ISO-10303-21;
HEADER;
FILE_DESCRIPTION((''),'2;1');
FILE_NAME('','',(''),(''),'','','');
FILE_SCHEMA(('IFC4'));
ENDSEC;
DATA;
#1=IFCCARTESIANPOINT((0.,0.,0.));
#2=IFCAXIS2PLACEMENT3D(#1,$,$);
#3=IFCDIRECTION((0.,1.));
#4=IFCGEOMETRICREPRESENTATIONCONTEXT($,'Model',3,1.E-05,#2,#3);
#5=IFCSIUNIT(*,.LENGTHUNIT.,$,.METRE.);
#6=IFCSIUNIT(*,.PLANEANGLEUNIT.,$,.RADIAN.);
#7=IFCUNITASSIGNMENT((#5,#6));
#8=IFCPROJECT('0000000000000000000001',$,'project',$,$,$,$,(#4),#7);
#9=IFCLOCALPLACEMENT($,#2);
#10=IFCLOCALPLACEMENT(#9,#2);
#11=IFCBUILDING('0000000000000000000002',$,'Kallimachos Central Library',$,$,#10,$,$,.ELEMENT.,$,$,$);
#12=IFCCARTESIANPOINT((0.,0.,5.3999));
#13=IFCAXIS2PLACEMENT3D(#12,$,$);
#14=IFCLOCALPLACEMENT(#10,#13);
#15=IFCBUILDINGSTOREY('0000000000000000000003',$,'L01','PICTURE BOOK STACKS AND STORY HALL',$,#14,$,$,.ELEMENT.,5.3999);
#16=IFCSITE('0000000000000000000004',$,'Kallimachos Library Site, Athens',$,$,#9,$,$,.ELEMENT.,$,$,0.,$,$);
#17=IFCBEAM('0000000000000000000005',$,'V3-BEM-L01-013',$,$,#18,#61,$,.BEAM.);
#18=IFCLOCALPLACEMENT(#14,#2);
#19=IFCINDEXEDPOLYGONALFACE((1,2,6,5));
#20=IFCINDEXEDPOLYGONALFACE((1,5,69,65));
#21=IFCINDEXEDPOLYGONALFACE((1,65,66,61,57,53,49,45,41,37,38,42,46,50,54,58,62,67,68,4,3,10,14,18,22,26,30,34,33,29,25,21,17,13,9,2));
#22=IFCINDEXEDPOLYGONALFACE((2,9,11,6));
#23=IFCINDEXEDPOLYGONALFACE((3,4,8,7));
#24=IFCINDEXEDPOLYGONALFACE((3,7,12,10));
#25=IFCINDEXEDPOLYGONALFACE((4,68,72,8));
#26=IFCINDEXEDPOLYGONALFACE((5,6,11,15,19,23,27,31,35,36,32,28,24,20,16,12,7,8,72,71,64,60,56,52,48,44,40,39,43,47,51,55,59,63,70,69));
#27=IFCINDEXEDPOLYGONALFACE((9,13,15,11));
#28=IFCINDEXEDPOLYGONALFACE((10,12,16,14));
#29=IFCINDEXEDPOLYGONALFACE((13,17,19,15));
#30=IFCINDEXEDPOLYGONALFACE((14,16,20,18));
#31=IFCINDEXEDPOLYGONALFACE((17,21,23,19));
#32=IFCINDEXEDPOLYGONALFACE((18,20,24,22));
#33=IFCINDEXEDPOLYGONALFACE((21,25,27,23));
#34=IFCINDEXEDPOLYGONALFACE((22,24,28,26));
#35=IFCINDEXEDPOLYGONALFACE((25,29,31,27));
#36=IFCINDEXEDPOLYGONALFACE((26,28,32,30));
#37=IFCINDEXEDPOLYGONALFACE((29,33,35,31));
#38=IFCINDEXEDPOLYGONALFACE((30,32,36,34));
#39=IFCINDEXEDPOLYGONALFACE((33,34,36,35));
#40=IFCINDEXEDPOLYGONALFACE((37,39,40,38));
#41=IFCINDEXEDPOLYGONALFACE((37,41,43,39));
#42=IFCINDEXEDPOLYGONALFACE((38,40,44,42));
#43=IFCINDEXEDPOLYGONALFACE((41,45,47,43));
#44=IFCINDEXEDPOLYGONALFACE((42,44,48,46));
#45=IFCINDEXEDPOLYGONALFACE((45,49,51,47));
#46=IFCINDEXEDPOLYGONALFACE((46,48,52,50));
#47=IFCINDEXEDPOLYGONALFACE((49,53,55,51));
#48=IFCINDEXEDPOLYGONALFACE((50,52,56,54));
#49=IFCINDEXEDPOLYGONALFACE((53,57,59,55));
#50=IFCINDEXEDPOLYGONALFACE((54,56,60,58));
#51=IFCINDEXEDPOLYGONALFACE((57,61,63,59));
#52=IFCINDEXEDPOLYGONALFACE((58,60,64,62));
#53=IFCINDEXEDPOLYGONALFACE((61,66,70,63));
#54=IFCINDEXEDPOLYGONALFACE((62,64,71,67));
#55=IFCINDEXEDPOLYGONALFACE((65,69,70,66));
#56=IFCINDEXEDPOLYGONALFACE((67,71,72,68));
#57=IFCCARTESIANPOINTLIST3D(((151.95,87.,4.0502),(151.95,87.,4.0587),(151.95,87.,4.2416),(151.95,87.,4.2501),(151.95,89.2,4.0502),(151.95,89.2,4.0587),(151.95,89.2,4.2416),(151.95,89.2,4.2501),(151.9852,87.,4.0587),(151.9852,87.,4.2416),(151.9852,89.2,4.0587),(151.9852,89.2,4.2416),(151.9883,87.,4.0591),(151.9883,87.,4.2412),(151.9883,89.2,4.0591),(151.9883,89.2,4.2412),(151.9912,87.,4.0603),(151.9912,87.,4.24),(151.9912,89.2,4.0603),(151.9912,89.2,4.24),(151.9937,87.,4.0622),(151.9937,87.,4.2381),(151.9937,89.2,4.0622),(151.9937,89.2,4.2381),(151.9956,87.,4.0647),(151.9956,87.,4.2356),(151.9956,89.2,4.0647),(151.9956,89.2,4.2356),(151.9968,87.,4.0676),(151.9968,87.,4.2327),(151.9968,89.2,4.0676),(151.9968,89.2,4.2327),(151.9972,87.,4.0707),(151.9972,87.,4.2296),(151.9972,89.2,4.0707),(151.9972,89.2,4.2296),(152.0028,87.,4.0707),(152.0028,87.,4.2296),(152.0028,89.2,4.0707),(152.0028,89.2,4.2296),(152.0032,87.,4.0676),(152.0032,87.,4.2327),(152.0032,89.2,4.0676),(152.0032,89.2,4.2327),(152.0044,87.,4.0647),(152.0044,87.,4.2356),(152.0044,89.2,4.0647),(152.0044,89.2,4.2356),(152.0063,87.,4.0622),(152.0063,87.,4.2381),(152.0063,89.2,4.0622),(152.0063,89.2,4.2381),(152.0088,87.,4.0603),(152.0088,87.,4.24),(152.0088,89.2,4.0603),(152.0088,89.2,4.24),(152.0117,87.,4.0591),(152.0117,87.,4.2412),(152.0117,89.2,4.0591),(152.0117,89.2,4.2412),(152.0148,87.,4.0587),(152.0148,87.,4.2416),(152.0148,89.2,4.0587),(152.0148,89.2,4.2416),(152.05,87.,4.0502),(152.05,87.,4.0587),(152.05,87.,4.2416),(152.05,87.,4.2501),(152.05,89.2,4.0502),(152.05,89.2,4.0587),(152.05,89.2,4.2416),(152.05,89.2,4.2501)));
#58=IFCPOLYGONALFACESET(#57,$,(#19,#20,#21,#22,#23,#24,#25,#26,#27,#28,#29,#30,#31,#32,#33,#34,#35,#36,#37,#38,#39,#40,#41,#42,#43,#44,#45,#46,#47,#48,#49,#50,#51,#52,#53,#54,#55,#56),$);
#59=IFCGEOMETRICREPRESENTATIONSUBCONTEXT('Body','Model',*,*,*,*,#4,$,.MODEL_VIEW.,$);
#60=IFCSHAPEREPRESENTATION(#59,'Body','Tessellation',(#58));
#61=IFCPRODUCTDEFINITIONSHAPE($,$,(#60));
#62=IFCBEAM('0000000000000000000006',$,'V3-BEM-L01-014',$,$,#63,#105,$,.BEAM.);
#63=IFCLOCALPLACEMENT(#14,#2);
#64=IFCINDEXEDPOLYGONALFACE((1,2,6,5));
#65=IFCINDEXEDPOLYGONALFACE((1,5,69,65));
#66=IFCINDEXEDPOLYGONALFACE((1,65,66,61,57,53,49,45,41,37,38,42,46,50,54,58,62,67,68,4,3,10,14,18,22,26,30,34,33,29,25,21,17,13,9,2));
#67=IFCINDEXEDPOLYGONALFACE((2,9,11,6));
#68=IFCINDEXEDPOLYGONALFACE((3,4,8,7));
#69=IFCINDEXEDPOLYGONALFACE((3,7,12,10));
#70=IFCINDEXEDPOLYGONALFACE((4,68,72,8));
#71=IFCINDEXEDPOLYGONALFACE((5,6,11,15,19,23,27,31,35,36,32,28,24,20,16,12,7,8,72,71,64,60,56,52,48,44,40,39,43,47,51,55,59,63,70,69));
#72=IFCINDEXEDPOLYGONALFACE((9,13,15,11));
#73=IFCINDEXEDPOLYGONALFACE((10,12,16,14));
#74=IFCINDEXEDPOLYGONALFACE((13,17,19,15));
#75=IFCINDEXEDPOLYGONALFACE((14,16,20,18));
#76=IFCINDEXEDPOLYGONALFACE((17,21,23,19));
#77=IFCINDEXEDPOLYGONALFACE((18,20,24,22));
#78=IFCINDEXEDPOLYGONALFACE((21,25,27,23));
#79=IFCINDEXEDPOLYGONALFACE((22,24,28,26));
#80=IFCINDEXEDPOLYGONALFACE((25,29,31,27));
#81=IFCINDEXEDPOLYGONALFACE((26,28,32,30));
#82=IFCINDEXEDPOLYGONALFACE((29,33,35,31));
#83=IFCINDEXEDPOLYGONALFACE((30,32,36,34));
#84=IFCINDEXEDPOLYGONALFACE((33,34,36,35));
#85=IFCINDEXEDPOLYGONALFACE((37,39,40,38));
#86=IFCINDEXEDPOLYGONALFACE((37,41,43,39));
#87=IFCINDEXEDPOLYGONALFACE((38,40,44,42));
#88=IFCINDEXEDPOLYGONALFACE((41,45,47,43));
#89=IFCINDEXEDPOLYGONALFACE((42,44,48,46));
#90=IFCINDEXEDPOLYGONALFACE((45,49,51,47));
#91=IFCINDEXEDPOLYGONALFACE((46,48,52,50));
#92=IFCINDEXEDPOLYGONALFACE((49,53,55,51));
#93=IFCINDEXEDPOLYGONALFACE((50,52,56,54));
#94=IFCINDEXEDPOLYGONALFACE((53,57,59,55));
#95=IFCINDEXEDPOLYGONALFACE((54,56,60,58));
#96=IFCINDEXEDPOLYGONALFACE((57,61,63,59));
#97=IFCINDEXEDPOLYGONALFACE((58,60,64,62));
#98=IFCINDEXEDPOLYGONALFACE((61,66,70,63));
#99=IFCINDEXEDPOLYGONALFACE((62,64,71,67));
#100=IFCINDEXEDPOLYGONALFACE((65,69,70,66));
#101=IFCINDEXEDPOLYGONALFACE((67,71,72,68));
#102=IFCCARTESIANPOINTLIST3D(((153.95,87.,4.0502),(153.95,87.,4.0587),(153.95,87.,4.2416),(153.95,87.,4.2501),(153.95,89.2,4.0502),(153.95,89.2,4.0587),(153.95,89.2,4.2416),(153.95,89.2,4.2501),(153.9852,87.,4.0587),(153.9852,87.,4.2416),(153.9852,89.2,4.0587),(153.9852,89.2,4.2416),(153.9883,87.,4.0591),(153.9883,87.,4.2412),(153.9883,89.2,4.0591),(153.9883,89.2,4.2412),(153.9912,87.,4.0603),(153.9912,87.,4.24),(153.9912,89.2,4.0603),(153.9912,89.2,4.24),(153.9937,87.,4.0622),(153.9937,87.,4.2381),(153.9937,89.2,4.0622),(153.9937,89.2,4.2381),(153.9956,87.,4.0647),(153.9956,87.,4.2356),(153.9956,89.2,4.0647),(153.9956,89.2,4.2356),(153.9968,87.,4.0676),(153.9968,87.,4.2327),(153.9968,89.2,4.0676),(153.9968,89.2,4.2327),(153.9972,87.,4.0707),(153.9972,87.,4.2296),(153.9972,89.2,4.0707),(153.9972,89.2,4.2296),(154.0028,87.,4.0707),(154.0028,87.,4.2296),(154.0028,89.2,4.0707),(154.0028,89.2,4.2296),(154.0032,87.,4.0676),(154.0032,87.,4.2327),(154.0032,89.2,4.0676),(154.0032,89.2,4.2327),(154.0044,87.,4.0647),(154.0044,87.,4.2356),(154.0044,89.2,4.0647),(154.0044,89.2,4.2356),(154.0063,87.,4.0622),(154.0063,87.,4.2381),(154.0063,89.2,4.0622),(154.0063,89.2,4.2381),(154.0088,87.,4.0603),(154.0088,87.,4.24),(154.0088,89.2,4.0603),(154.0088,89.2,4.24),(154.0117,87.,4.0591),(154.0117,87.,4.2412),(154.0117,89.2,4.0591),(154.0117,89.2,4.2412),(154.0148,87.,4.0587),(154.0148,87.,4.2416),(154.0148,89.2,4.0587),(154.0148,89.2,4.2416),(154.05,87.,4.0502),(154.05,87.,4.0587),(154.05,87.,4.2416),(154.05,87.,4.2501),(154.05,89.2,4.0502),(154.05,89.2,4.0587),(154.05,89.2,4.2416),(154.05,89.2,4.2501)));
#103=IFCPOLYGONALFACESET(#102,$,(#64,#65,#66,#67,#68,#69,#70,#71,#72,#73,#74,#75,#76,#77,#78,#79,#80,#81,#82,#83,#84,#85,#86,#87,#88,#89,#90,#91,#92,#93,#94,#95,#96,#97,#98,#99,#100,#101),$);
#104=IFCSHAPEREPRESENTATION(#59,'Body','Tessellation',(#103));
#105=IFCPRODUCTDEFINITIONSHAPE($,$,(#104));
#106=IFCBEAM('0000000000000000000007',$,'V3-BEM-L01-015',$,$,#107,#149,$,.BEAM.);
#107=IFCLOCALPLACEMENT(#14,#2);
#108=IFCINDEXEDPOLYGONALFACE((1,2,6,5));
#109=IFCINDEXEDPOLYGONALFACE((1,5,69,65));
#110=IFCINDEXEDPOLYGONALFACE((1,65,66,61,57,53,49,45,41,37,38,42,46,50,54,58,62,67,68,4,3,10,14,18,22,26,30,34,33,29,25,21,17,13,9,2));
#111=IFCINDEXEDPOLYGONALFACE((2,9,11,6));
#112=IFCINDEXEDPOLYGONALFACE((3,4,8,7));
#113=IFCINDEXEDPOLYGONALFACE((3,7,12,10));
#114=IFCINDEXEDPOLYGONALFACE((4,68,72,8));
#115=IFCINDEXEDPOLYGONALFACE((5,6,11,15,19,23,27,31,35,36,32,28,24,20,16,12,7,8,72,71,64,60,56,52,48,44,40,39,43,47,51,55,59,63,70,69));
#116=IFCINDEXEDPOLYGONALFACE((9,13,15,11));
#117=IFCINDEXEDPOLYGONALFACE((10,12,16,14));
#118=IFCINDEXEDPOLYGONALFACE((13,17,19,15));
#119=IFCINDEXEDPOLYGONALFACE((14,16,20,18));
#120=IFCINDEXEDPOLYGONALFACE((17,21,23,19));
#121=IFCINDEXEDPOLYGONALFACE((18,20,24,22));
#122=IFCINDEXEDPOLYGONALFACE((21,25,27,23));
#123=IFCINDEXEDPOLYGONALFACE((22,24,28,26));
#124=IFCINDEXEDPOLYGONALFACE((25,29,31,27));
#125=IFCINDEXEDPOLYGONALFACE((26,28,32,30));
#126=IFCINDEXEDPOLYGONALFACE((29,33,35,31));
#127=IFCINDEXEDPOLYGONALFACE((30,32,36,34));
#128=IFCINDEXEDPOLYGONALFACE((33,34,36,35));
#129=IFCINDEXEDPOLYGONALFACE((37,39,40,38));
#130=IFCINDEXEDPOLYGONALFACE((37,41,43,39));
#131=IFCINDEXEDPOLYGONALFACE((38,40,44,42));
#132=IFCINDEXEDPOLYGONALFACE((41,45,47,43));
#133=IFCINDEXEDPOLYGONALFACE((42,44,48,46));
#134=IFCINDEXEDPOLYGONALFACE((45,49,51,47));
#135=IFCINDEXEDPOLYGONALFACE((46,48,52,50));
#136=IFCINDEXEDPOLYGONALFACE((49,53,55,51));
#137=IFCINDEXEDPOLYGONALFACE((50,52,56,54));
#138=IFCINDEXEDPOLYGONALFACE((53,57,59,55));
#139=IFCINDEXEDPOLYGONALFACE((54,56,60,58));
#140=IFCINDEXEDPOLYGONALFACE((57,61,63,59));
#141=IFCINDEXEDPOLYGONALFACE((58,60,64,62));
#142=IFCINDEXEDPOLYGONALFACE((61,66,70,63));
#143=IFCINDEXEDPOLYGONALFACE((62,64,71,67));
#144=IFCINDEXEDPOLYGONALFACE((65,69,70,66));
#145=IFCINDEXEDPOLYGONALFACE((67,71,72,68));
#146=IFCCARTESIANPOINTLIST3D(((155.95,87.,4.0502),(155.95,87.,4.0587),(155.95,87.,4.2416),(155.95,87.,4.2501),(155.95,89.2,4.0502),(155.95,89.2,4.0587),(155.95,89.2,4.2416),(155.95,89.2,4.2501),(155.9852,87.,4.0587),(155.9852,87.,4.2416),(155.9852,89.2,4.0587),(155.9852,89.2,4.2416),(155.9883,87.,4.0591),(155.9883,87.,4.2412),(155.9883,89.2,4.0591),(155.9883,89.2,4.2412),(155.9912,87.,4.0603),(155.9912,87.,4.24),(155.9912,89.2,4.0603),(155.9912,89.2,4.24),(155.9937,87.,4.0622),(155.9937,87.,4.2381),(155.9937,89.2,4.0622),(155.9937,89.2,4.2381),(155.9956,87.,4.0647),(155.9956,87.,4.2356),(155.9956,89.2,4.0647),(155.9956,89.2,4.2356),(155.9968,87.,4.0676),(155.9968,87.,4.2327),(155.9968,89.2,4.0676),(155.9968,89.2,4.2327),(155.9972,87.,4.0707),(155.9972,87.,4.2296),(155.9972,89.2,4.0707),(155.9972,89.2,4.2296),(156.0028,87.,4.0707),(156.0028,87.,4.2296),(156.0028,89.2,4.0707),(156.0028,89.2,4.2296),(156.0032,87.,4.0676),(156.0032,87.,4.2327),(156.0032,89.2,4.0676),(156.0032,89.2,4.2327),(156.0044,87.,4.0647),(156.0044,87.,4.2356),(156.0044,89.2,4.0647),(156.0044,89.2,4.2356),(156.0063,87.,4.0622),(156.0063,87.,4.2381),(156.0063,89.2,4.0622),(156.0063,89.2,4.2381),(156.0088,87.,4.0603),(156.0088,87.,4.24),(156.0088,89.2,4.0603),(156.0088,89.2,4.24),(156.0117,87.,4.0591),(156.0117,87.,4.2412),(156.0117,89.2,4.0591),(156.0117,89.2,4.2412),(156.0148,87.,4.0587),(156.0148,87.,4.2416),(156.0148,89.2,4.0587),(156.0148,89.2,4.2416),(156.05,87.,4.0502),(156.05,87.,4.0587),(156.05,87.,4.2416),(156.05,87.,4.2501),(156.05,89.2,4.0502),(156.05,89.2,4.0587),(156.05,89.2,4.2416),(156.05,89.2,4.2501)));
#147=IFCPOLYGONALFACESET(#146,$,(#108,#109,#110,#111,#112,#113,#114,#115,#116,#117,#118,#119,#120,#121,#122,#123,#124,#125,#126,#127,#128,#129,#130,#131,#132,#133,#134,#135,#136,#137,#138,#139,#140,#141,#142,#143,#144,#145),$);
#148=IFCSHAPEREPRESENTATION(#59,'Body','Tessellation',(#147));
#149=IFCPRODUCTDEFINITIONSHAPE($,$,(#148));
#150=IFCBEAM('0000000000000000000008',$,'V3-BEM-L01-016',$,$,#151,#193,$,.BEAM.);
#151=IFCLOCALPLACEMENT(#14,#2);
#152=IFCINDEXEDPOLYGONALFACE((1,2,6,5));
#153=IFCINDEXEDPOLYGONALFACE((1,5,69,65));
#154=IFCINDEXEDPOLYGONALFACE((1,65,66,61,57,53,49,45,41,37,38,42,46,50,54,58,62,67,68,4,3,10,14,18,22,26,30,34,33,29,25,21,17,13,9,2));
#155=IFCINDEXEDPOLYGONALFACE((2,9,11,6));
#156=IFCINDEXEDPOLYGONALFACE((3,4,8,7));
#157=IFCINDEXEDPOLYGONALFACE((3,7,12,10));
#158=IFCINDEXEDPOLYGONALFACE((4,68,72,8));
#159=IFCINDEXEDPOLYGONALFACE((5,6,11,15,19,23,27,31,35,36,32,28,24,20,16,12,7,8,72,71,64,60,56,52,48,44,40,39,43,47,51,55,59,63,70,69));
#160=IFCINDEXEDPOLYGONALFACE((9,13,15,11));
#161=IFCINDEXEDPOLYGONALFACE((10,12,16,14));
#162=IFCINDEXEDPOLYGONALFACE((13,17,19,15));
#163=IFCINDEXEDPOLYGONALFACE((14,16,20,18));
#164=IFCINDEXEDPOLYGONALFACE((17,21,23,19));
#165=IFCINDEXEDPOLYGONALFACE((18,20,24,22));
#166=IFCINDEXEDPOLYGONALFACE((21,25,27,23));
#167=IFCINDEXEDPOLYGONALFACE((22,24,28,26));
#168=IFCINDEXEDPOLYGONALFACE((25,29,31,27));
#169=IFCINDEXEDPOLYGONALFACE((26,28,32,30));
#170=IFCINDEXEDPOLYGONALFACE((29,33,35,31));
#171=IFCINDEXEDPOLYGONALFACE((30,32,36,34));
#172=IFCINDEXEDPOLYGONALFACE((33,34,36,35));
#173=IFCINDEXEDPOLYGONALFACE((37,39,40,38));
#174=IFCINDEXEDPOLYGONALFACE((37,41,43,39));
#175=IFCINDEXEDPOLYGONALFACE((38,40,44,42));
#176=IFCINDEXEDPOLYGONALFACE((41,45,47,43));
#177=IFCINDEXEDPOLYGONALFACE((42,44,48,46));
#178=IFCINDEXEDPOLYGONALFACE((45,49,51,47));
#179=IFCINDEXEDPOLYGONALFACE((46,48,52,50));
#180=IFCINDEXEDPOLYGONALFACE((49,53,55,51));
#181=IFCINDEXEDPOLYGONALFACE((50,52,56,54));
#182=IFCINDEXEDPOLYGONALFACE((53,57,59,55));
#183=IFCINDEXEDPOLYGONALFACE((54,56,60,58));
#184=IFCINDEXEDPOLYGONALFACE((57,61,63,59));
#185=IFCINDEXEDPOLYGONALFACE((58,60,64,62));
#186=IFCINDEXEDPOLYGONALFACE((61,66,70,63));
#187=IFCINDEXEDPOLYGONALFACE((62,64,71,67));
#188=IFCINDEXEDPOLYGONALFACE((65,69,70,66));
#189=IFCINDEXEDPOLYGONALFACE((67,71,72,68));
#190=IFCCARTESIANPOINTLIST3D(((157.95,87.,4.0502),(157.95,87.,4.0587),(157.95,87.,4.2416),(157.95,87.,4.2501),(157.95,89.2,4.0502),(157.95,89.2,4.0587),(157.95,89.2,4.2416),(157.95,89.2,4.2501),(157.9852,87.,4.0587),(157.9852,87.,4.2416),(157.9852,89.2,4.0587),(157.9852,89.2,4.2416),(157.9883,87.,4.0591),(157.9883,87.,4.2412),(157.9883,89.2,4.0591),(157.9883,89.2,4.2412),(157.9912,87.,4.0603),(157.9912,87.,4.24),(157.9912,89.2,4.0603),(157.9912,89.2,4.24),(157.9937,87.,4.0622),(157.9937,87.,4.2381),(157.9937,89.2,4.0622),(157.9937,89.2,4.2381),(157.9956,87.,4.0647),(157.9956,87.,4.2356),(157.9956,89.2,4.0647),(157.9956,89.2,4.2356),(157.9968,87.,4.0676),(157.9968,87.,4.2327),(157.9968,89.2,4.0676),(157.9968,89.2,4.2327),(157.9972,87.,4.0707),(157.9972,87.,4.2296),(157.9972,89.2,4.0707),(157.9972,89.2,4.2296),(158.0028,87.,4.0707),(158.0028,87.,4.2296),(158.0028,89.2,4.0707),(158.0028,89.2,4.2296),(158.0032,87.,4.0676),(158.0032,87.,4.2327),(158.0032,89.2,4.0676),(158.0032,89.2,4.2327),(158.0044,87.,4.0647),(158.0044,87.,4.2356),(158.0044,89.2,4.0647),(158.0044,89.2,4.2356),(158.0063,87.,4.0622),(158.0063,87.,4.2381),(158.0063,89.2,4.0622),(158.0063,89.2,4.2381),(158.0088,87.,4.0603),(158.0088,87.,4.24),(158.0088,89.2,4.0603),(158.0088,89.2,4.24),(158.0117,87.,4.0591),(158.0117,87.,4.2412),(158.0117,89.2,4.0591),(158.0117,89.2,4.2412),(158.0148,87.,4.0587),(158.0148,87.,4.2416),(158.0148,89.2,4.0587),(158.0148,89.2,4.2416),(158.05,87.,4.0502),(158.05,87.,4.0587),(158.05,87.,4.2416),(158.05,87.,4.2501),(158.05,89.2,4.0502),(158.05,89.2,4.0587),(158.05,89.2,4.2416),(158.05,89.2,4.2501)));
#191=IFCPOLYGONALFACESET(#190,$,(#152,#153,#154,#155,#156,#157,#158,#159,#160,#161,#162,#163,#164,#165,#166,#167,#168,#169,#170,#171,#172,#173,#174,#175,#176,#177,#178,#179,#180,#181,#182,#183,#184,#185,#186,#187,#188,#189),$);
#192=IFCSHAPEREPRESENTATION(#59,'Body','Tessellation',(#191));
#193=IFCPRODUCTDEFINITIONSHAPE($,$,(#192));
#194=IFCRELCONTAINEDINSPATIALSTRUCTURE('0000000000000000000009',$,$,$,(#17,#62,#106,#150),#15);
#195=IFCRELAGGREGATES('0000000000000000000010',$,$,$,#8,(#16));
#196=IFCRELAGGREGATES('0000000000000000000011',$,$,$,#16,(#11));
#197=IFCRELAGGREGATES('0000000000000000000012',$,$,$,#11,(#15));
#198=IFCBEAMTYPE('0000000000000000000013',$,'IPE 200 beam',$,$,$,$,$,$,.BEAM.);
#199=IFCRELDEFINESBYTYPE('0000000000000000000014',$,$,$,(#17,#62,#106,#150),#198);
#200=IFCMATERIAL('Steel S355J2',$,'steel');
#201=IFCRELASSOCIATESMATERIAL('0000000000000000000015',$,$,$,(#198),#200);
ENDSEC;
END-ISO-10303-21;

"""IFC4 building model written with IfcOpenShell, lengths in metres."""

from ifc_helpers import new_model, si_unit, direction, frame, origin, origin_2d, place, context, subcontext, project, spatial, i_section, extrude, material, material_profile, profile_set, type_object, element, save


model = new_model("IFC4")

# Units and contexts
model_context = context("Model", 3, precision=1e-05, world=origin(), true_north=direction((0.0, 1.0)))
body_context = subcontext(model_context, "Body", "Model", "MODEL_VIEW")
ifc_project = project(units=[si_unit("LENGTHUNIT", "METRE"), si_unit("PLANEANGLEUNIT", "RADIAN")], contexts=[model_context])

# Site, building, storey
site_placement = place(None, origin())
site = spatial("IfcSite", under=ifc_project, at=site_placement, Name="Kallimachos Library Site, Athens", CompositionType="ELEMENT", RefElevation=0.0)
building_placement = place(site_placement, origin())
building = spatial("IfcBuilding", under=site, at=building_placement, Name="Kallimachos Central Library", CompositionType="ELEMENT")
storey_placement = place(building_placement, frame((0.0, 0.0, 5.3999)))
storey = spatial("IfcBuildingStorey", under=building, at=storey_placement, Name="L01", Description="PICTURE BOOK STACKS AND STORY HALL", CompositionType="ELEMENT", Elevation=5.3999)

# Beams
ifc_material_1 = material(Name="Steel S355J2", Category="steel")
ifc_material_profile_1 = material_profile(ifc_material_1, i_section(OverallWidth=0.1001, OverallDepth=0.2, WebThickness=0.0056, FlangeThickness=0.0085, FilletRadius=0.012, at=origin_2d()), Name="IPE 200")
ifc_profile_set_1 = profile_set([ifc_material_profile_1], Name="Steel S355J2")
beam_type = type_object("IfcBeamType", Name="IPE 200 beam", PredefinedType="BEAM", material=ifc_profile_set_1)
for number, where, z_axis, x_axis, name in (
    (1, (152.0, 87.0, 4.1501), (0.0, 1.0, 0.0), (-1.0, 0.0, 0.0), "V3-BEM-L01-013"),
    (2, (154.0, 87.0, 4.1501), (0.0, 1.0, 0.0), (-1.0, 0.0, 0.0), "V3-BEM-L01-014"),
    (3, (156.0, 87.0, 4.1501), (0.0, 1.0, 0.0), (-1.0, 0.0, 0.0), "V3-BEM-L01-015"),
    (4, (158.0, 87.0, 4.1501), (0.0, 1.0, 0.0), (-1.0, 0.0, 0.0), "V3-BEM-L01-016"),
):
    element("IfcBeam", number, at=place(storey_placement, frame(where, z_axis=z_axis, x_axis=x_axis)), inside=storey, type_object=beam_type, Name=name, PredefinedType="BEAM", context=body_context, shape_type="SweptSolid", body=[
        extrude(i_section(OverallWidth=0.1001, OverallDepth=0.2, WebThickness=0.0056, FlangeThickness=0.0085, FilletRadius=0.012, at=origin_2d()), origin(), (0.0, 0.0, 1.0), 2.2),
    ])

save(model, "model.ifc")
